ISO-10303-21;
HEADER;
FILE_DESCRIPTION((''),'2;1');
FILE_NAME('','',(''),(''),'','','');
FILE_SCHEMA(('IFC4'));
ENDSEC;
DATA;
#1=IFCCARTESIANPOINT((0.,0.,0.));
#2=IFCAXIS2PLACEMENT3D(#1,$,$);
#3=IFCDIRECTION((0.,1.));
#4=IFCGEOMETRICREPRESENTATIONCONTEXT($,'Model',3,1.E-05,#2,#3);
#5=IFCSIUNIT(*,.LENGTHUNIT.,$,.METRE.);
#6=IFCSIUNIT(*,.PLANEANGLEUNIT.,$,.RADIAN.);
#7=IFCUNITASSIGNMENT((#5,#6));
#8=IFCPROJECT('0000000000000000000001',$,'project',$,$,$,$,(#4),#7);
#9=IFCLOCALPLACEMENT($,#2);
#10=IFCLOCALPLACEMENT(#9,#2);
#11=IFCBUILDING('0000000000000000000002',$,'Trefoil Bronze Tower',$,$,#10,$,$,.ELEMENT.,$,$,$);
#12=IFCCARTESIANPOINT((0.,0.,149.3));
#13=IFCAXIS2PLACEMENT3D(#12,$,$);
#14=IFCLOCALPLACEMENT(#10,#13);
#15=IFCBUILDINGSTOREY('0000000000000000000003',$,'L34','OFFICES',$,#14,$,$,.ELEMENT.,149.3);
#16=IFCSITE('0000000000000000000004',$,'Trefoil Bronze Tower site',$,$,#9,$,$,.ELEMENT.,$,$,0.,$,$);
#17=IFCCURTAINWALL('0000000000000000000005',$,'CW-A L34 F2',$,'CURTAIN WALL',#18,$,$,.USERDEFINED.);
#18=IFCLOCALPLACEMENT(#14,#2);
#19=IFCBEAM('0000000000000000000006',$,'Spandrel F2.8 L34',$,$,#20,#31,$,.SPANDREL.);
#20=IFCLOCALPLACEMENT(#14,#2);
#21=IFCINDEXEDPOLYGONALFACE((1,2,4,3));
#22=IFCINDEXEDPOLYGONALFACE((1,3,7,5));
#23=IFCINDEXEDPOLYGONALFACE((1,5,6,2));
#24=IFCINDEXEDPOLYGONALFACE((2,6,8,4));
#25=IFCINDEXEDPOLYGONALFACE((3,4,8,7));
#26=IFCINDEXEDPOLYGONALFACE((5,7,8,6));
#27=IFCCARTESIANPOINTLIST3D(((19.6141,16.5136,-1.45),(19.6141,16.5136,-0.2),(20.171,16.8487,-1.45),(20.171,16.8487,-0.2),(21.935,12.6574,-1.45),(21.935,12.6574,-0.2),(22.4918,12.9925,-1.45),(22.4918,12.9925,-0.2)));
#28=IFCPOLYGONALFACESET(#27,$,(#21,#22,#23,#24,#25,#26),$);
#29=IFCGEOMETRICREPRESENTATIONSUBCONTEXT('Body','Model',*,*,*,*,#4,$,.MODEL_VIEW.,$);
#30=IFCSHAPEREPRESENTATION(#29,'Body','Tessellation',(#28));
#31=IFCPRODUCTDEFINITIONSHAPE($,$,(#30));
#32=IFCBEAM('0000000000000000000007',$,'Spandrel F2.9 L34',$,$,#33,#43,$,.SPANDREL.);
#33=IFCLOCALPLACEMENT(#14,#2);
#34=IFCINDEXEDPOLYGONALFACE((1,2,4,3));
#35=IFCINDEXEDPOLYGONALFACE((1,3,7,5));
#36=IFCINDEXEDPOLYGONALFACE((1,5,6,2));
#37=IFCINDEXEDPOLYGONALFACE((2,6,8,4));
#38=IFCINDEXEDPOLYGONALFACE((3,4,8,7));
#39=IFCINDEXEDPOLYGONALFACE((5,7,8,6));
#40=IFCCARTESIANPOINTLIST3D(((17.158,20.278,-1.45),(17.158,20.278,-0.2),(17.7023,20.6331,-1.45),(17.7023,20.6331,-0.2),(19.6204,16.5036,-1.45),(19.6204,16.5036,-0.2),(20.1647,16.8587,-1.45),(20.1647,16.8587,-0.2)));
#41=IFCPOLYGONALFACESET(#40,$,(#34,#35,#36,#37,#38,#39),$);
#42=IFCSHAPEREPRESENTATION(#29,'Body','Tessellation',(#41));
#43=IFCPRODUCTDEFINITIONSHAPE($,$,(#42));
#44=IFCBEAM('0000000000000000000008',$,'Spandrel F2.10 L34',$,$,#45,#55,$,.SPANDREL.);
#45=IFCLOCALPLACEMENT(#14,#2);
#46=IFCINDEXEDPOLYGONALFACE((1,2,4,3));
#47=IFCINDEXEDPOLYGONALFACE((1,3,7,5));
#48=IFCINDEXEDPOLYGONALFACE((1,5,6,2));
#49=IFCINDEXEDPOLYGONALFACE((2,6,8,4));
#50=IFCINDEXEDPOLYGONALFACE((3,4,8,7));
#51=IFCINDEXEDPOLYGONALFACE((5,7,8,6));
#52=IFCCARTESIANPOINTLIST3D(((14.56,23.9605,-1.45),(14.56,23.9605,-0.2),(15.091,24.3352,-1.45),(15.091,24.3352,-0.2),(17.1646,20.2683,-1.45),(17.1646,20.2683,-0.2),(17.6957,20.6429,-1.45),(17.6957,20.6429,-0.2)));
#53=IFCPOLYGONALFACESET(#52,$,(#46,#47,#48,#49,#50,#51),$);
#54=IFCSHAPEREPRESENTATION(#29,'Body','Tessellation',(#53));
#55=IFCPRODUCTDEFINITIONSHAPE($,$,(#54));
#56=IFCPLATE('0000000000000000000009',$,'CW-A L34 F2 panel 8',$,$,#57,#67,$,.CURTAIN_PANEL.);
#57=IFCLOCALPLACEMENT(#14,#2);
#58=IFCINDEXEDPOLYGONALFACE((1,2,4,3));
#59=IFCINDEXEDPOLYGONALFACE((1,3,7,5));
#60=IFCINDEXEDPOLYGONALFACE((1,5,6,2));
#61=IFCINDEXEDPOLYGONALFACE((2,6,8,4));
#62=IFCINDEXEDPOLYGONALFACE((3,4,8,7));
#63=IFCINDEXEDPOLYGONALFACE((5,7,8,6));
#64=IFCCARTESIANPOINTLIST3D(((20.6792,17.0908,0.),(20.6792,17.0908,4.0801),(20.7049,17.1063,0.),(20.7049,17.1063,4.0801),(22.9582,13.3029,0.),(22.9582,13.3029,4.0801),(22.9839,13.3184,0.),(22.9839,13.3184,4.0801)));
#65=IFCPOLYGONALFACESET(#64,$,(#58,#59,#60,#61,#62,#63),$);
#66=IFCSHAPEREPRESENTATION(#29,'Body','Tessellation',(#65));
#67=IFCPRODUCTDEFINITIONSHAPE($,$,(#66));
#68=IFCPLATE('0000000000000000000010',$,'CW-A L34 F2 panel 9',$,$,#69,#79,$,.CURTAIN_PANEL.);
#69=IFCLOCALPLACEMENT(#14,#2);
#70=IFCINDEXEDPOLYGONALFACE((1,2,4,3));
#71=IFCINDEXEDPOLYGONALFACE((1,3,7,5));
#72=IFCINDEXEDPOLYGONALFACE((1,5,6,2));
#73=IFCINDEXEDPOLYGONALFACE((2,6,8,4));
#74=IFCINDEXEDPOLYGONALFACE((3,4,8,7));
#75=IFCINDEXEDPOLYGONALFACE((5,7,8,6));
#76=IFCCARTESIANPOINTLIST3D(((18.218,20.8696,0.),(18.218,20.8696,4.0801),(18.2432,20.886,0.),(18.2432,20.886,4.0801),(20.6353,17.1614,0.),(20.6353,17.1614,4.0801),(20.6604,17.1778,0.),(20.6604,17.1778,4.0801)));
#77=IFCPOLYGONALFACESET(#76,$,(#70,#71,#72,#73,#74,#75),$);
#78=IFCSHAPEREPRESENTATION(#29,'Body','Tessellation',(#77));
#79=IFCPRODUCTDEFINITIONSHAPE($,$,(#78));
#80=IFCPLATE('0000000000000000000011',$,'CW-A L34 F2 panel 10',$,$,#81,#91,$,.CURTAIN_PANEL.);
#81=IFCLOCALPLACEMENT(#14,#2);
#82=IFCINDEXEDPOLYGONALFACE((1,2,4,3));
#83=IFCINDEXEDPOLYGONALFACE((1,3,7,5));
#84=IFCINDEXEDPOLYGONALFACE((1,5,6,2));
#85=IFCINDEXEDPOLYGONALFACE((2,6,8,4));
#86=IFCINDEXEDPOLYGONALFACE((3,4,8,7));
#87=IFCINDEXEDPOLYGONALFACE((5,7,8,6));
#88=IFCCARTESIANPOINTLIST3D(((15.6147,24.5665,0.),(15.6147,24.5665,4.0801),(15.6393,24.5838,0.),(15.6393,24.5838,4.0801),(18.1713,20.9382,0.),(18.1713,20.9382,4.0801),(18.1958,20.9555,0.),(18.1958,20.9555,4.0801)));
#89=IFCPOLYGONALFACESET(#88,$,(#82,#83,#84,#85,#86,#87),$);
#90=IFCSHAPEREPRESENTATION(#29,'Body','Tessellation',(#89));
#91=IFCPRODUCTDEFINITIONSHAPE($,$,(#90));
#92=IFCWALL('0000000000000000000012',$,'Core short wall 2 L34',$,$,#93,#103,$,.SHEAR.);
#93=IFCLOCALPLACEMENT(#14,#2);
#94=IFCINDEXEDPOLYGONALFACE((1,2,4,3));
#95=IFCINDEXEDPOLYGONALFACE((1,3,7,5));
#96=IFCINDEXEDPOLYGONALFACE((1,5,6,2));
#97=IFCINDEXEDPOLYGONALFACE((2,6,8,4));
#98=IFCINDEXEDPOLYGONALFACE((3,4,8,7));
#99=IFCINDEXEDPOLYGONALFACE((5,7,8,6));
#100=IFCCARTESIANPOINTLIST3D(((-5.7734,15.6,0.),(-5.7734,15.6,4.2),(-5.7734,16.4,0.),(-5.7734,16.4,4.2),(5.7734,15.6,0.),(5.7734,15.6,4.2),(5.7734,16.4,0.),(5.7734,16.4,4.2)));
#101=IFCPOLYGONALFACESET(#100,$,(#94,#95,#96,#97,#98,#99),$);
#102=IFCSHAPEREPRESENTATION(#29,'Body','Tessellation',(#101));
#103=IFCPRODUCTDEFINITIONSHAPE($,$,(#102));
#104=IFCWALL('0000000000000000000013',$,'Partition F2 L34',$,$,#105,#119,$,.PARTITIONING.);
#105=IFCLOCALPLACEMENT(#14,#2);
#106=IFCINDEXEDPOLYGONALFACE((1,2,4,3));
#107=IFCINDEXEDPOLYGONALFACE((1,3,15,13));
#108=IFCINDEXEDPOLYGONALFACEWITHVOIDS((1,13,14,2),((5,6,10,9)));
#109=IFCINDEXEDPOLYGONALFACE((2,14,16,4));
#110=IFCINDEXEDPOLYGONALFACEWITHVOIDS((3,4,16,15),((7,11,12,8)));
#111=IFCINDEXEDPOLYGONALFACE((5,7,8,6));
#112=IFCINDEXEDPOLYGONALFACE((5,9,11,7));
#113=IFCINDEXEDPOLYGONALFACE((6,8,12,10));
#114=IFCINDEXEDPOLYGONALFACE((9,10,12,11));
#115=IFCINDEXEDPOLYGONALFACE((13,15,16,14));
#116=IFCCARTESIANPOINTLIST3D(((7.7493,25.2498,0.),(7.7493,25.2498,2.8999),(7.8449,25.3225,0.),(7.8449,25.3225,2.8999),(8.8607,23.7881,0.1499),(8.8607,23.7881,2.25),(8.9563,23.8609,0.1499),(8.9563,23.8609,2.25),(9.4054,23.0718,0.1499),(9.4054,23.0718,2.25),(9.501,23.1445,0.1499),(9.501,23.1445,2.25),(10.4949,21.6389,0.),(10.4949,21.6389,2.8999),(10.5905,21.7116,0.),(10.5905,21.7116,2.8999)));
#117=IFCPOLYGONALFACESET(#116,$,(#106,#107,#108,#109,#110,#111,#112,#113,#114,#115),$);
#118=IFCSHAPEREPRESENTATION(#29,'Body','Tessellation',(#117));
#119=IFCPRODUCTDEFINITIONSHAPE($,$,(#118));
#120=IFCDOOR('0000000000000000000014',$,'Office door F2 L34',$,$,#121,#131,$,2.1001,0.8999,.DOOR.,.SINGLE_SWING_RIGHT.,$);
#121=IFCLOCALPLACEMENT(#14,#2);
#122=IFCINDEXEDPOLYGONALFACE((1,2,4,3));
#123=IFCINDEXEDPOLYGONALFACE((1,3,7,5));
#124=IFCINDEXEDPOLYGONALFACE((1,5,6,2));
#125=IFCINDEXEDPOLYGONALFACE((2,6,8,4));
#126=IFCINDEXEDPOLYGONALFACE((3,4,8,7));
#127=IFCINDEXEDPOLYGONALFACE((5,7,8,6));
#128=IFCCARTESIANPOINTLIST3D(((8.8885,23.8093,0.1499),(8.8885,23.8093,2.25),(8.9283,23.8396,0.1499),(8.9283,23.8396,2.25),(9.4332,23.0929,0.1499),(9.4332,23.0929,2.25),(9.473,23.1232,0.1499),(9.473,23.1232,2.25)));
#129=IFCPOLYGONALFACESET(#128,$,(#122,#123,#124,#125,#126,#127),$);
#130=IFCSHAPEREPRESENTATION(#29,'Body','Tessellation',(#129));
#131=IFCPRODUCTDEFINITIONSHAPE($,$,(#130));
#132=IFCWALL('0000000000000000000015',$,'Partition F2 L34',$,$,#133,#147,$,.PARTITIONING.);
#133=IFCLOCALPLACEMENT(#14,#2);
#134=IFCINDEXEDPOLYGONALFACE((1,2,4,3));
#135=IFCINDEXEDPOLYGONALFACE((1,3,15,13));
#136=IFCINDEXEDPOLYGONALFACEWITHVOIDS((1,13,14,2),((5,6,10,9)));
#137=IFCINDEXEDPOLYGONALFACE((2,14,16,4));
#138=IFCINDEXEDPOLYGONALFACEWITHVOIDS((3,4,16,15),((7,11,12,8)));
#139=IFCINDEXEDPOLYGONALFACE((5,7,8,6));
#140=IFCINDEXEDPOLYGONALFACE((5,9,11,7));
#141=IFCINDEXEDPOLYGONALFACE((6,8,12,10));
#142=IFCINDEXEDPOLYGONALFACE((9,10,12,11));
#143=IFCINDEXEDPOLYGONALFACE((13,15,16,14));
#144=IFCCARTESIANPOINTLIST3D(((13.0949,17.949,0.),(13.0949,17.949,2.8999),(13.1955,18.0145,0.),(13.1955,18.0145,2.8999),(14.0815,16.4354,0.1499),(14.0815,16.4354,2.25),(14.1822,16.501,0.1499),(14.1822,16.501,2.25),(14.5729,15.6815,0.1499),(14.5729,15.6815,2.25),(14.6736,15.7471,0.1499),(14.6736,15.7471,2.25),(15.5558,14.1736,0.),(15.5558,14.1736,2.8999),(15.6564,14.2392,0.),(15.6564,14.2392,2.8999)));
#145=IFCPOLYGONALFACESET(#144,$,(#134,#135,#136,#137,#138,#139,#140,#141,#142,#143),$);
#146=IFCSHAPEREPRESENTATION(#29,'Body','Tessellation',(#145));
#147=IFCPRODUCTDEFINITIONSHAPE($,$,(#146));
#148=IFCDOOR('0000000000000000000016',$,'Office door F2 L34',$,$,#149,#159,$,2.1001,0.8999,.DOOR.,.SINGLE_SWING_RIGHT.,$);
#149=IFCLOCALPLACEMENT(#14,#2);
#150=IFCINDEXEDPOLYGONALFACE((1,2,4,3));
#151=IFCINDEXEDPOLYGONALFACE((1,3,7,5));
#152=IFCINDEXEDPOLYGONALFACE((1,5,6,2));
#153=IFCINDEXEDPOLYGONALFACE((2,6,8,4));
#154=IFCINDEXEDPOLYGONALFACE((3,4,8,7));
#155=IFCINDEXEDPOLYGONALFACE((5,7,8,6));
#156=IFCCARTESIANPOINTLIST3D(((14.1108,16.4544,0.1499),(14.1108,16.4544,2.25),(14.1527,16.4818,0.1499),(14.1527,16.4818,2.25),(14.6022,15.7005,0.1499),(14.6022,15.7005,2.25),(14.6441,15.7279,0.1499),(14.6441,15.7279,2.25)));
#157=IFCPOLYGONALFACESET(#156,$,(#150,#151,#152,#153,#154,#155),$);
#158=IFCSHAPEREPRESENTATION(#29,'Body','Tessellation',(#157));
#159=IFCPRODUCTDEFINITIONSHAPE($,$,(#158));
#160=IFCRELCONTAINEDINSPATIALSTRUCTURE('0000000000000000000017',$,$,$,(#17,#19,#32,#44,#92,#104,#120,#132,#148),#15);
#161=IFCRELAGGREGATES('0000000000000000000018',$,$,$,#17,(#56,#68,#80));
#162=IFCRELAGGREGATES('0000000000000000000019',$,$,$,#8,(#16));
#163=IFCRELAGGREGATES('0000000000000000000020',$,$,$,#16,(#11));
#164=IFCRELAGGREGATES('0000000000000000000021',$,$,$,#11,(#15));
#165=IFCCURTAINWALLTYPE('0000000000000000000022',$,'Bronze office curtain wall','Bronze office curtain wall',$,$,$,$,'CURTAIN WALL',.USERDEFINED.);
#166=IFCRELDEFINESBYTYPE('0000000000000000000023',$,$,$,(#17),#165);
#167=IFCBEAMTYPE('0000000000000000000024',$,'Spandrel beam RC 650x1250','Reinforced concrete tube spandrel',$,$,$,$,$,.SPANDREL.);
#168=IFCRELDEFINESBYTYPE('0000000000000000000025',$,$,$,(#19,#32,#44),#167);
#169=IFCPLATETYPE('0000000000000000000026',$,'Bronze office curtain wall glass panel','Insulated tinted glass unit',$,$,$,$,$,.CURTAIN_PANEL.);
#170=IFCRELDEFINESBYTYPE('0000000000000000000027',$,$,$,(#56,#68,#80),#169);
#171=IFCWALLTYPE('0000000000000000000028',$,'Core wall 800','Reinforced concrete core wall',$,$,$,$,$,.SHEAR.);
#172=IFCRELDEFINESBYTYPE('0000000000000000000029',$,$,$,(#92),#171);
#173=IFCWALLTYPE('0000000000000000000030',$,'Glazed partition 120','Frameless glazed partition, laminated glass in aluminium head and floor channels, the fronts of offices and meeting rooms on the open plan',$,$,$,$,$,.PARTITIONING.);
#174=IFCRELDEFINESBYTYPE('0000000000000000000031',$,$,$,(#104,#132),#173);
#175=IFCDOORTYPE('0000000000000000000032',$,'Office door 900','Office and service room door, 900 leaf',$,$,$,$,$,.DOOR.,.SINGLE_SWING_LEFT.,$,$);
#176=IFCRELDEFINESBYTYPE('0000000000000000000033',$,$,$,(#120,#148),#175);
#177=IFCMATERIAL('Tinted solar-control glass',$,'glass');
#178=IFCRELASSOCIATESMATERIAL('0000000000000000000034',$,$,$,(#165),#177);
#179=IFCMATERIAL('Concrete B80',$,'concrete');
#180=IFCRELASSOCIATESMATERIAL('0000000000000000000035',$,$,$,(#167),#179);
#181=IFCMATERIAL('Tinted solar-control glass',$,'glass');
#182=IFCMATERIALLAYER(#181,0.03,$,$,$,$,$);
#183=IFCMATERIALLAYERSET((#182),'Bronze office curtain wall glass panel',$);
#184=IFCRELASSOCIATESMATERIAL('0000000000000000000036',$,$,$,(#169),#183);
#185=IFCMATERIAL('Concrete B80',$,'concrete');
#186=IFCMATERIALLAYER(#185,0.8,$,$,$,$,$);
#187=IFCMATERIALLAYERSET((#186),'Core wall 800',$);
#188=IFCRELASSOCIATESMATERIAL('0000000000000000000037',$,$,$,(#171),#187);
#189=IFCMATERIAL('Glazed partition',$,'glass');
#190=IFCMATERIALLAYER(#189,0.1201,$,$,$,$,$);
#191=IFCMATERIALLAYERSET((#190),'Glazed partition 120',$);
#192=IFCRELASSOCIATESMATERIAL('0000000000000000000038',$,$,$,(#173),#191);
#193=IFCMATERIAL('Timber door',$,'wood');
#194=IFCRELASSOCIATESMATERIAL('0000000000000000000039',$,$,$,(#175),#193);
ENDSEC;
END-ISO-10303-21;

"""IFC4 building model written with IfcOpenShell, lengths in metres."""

from ifc_helpers import new_model, si_unit, direction, frame, frame_2d, origin, origin_2d, place, context, subcontext, project, spatial, rectangle, extrude, material, layer, layer_set, material_profile, profile_set, type_object, element, fill, aggregate, save


model = new_model("IFC4")

# Units and contexts
model_context = context("Model", 3, precision=1e-05, world=origin(), true_north=direction((0.0, 1.0)))
body_context = subcontext(model_context, "Body", "Model", "MODEL_VIEW")
ifc_project = project(units=[si_unit("LENGTHUNIT", "METRE"), si_unit("PLANEANGLEUNIT", "RADIAN")], contexts=[model_context])

# Site, building, storey
site_placement = place(None, origin())
site = spatial("IfcSite", under=ifc_project, at=site_placement, Name="Trefoil Bronze Tower site", CompositionType="ELEMENT", RefElevation=0.0)
building_placement = place(site_placement, origin())
building = spatial("IfcBuilding", under=site, at=building_placement, Name="Trefoil Bronze Tower", CompositionType="ELEMENT")
storey_placement = place(building_placement, frame((0.0, 0.0, 149.3)))
storey = spatial("IfcBuildingStorey", under=building, at=storey_placement, Name="L34", Description="OFFICES", CompositionType="ELEMENT", Elevation=149.3)

# Curtain wall
ifc_material_1 = material(Name="Tinted solar-control glass", Category="glass")
curtain_wall_type = type_object("IfcCurtainWallType", Name="Bronze office curtain wall", Description="Bronze office curtain wall", ElementType="CURTAIN WALL", PredefinedType="USERDEFINED", material=ifc_material_1)
curtain_wall_placement = place(storey_placement, origin())
curtain_wall = element("IfcCurtainWall", 1, at=curtain_wall_placement, inside=storey, type_object=curtain_wall_type, Name="CW-A L34 F2", ObjectType="CURTAIN WALL", PredefinedType="USERDEFINED")

# Beams
ifc_material_2 = material(Name="Concrete B80", Category="concrete")
ifc_material_profile_1 = material_profile(ifc_material_2, rectangle(XDim=0.6499, YDim=1.25, at=origin_2d()), Name="RC 650x1250")
ifc_profile_set_1 = profile_set([ifc_material_profile_1], Name="Concrete B80")
beam_type_1 = type_object("IfcBeamType", Name="Spandrel beam RC 650x1250", Description="Reinforced concrete tube spandrel", PredefinedType="SPANDREL", material=ifc_profile_set_1)
beam_1_placement = place(storey_placement, frame((22.2134, 12.825, -0.825), z_axis=(-0.515652, 0.856798, 0.0), x_axis=(-0.856798, -0.515652, 0.0)))
element("IfcBeam", 2, at=beam_1_placement, inside=storey, type_object=beam_type_1, Name="Spandrel F2.8 L34", PredefinedType="SPANDREL", context=body_context, shape_type="SweptSolid", body=[
    extrude(rectangle(XDim=0.6499, YDim=1.25, at=origin_2d()), origin(), (0.0, 0.0, 1.0), 4.5007),
])
beam_2_placement = place(storey_placement, frame((19.8926, 16.6812, -0.825), z_axis=(-0.546397, 0.837527, 0.0), x_axis=(-0.837527, -0.546397, 0.0)))
element("IfcBeam", 3, at=beam_2_placement, inside=storey, type_object=beam_type_1, Name="Spandrel F2.9 L34", PredefinedType="SPANDREL", context=body_context, shape_type="SweptSolid", body=[
    extrude(rectangle(XDim=0.6499, YDim=1.25, at=origin_2d()), origin(), (0.0, 0.0, 1.0), 4.5066),
])
beam_3_placement = place(storey_placement, frame((17.4302, 20.4556, -0.825), z_axis=(-0.576439, 0.81714, 0.0), x_axis=(-0.81714, -0.576439, 0.0)))
element("IfcBeam", 4, at=beam_3_placement, inside=storey, type_object=beam_type_1, Name="Spandrel F2.10 L34", PredefinedType="SPANDREL", context=body_context, shape_type="SweptSolid", body=[
    extrude(rectangle(XDim=0.6499, YDim=1.25, at=origin_2d()), origin(), (0.0, 0.0, 1.0), 4.5186),
])

# Plates
ifc_material_3 = material(Name="Tinted solar-control glass", Category="glass")
ifc_layer_1 = layer(ifc_material_3, 0.03)
ifc_layer_set_1 = layer_set([ifc_layer_1], Name="Bronze office curtain wall glass panel")
plate_type = type_object("IfcPlateType", Name="Bronze office curtain wall glass panel", Description="Insulated tinted glass unit", PredefinedType="CURTAIN_PANEL", material=ifc_layer_set_1)
plate_1_placement = place(storey_placement, frame((21.8315, 15.2046, 0.0), z_axis=(0.0, 0.0, 1.0), x_axis=(-0.515525, 0.856874, 0.0)))
plate_1 = element("IfcPlate", 5, at=plate_1_placement, type_object=plate_type, Name="CW-A L34 F2 panel 8", PredefinedType="CURTAIN_PANEL", context=body_context, shape_type="SweptSolid", body=[
    extrude(rectangle(XDim=4.4207, YDim=0.03, at=origin_2d()), origin(), (0.0, 0.0, 1.0), 4.0801),
])
plate_2_placement = place(storey_placement, frame((19.4392, 19.0237, 0.0), z_axis=(0.0, 0.0, 1.0), x_axis=(-0.546089, 0.837727, 0.0)))
plate_2 = element("IfcPlate", 6, at=plate_2_placement, type_object=plate_type, Name="CW-A L34 F2 panel 9", PredefinedType="CURTAIN_PANEL", context=body_context, shape_type="SweptSolid", body=[
    extrude(rectangle(XDim=4.4265, YDim=0.03, at=origin_2d()), origin(), (0.0, 0.0, 1.0), 4.0801),
])
plate_3_placement = place(storey_placement, frame((16.9053, 22.761, 0.0), z_axis=(0.0, 0.0, 1.0), x_axis=(-0.575999, 0.81745, 0.0)))
plate_3 = element("IfcPlate", 7, at=plate_3_placement, type_object=plate_type, Name="CW-A L34 F2 panel 10", PredefinedType="CURTAIN_PANEL", context=body_context, shape_type="SweptSolid", body=[
    extrude(rectangle(XDim=4.4385, YDim=0.03, at=origin_2d()), origin(), (0.0, 0.0, 1.0), 4.0801),
])
aggregate(curtain_wall, [plate_1, plate_2, plate_3])

# Wall
ifc_material_4 = material(Name="Concrete B80", Category="concrete")
ifc_layer_2 = layer(ifc_material_4, 0.8)
ifc_layer_set_2 = layer_set([ifc_layer_2], Name="Core wall 800")
wall_type_1 = type_object("IfcWallType", Name="Core wall 800", Description="Reinforced concrete core wall", PredefinedType="SHEAR", material=ifc_layer_set_2)
wall_1_placement = place(storey_placement, frame((5.7734, 16.0, 0.0), z_axis=(0.0, 0.0, 1.0), x_axis=(-1.0, 0.0, 0.0)))
element("IfcWall", 8, at=wall_1_placement, inside=storey, type_object=wall_type_1, Name="Core short wall 2 L34", PredefinedType="SHEAR", context=body_context, shape_type="SweptSolid", body=[
    extrude(rectangle(XDim=11.5469, YDim=0.8, at=frame_2d((5.7734, 0.0))), origin(), (0.0, 0.0, 1.0), 4.2),
])

# Walls, openings, doors
ifc_material_5 = material(Name="Glazed partition", Category="glass")
ifc_layer_3 = layer(ifc_material_5, 0.1201)
ifc_layer_set_3 = layer_set([ifc_layer_3], Name="Glazed partition 120")
wall_type_2 = type_object("IfcWallType", Name="Glazed partition 120", Description="Frameless glazed partition, laminated glass in aluminium head and floor channels, the fronts of offices and meeting rooms on the open plan", PredefinedType="PARTITIONING", material=ifc_layer_set_3)
wall_2_placement = place(storey_placement, frame((10.5427, 21.6753, 0.0), z_axis=(0.0, 0.0, 1.0), x_axis=(-0.605274, 0.796017, 0.0)))
wall_2 = element("IfcWall", 9, at=wall_2_placement, inside=storey, type_object=wall_type_2, Name="Partition F2 L34", PredefinedType="PARTITIONING", context=body_context, shape_type="SweptSolid", body=[
    extrude(rectangle(XDim=4.5361, YDim=0.1201, at=frame_2d((2.2681, 0.0))), origin(), (0.0, 0.0, 1.0), 2.8999),
])
opening_1_placement = place(wall_2_placement, frame((1.8, 0.0, 0.1499)))
opening_1 = element("IfcOpeningElement", 10, at=opening_1_placement, cuts=wall_2, PredefinedType="OPENING", context=body_context, shape_type="SweptSolid", body=[
    extrude(rectangle(XDim=0.8999, YDim=2.1001, at=frame_2d((0.45, 1.05))), frame((0.0, 0.0701, 0.0), z_axis=(0.0, -1.0, 0.0), x_axis=(1.0, 0.0, 0.0)), (0.0, 0.0, 1.0), 0.1401),
])
ifc_material_6 = material(Name="Timber door", Category="wood")
door_type = type_object("IfcDoorType", Name="Office door 900", Description="Office and service room door, 900 leaf", OperationType="SINGLE_SWING_LEFT", PredefinedType="DOOR", material=ifc_material_6)
door_1_placement = place(opening_1_placement, frame((0.8999, 0.0, 0.0), z_axis=(0.0, 0.0, 1.0), x_axis=(-1.0, 0.0, 0.0)))
door_1 = element("IfcDoor", 11, at=door_1_placement, inside=storey, type_object=door_type, Name="Office door F2 L34", OperationType="SINGLE_SWING_RIGHT", OverallHeight=2.1001, OverallWidth=0.8999, PredefinedType="DOOR", context=body_context, shape_type="SweptSolid", body=[
    extrude(rectangle(XDim=0.8999, YDim=2.1001, at=frame_2d((0.45, 1.05))), frame((0.0, 0.0249, 0.0), z_axis=(0.0, -1.0, 0.0), x_axis=(1.0, 0.0, 0.0)), (0.0, 0.0, 1.0), 0.05),
])
fill(opening_1, door_1)
wall_3_placement = place(storey_placement, frame((15.6062, 14.2063, 0.0), z_axis=(0.0, 0.0, 1.0), x_axis=(-0.546069, 0.83774, 0.0)))
wall_3 = element("IfcWall", 12, at=wall_3_placement, inside=storey, type_object=wall_type_2, Name="Partition F2 L34", PredefinedType="PARTITIONING", context=body_context, shape_type="SweptSolid", body=[
    extrude(rectangle(XDim=4.5066, YDim=0.1201, at=frame_2d((2.2534, 0.0))), origin(), (0.0, 0.0, 1.0), 2.8999),
])
opening_2_placement = place(wall_3_placement, frame((1.8, 0.0, 0.1499)))
opening_2 = element("IfcOpeningElement", 13, at=opening_2_placement, cuts=wall_3, PredefinedType="OPENING", context=body_context, shape_type="SweptSolid", body=[
    extrude(rectangle(XDim=0.8999, YDim=2.1001, at=frame_2d((0.45, 1.05))), frame((0.0, 0.0701, 0.0), z_axis=(0.0, -1.0, 0.0), x_axis=(1.0, 0.0, 0.0)), (0.0, 0.0, 1.0), 0.1401),
])
door_2_placement = place(opening_2_placement, frame((0.8999, 0.0, 0.0), z_axis=(0.0, 0.0, 1.0), x_axis=(-1.0, 0.0, 0.0)))
door_2 = element("IfcDoor", 14, at=door_2_placement, inside=storey, type_object=door_type, Name="Office door F2 L34", OperationType="SINGLE_SWING_RIGHT", OverallHeight=2.1001, OverallWidth=0.8999, PredefinedType="DOOR", context=body_context, shape_type="SweptSolid", body=[
    extrude(rectangle(XDim=0.8999, YDim=2.1001, at=frame_2d((0.45, 1.05))), frame((0.0, 0.0249, 0.0), z_axis=(0.0, -1.0, 0.0), x_axis=(1.0, 0.0, 0.0)), (0.0, 0.0, 1.0), 0.05),
])
fill(opening_2, door_2)

save(model, "model.ifc")
